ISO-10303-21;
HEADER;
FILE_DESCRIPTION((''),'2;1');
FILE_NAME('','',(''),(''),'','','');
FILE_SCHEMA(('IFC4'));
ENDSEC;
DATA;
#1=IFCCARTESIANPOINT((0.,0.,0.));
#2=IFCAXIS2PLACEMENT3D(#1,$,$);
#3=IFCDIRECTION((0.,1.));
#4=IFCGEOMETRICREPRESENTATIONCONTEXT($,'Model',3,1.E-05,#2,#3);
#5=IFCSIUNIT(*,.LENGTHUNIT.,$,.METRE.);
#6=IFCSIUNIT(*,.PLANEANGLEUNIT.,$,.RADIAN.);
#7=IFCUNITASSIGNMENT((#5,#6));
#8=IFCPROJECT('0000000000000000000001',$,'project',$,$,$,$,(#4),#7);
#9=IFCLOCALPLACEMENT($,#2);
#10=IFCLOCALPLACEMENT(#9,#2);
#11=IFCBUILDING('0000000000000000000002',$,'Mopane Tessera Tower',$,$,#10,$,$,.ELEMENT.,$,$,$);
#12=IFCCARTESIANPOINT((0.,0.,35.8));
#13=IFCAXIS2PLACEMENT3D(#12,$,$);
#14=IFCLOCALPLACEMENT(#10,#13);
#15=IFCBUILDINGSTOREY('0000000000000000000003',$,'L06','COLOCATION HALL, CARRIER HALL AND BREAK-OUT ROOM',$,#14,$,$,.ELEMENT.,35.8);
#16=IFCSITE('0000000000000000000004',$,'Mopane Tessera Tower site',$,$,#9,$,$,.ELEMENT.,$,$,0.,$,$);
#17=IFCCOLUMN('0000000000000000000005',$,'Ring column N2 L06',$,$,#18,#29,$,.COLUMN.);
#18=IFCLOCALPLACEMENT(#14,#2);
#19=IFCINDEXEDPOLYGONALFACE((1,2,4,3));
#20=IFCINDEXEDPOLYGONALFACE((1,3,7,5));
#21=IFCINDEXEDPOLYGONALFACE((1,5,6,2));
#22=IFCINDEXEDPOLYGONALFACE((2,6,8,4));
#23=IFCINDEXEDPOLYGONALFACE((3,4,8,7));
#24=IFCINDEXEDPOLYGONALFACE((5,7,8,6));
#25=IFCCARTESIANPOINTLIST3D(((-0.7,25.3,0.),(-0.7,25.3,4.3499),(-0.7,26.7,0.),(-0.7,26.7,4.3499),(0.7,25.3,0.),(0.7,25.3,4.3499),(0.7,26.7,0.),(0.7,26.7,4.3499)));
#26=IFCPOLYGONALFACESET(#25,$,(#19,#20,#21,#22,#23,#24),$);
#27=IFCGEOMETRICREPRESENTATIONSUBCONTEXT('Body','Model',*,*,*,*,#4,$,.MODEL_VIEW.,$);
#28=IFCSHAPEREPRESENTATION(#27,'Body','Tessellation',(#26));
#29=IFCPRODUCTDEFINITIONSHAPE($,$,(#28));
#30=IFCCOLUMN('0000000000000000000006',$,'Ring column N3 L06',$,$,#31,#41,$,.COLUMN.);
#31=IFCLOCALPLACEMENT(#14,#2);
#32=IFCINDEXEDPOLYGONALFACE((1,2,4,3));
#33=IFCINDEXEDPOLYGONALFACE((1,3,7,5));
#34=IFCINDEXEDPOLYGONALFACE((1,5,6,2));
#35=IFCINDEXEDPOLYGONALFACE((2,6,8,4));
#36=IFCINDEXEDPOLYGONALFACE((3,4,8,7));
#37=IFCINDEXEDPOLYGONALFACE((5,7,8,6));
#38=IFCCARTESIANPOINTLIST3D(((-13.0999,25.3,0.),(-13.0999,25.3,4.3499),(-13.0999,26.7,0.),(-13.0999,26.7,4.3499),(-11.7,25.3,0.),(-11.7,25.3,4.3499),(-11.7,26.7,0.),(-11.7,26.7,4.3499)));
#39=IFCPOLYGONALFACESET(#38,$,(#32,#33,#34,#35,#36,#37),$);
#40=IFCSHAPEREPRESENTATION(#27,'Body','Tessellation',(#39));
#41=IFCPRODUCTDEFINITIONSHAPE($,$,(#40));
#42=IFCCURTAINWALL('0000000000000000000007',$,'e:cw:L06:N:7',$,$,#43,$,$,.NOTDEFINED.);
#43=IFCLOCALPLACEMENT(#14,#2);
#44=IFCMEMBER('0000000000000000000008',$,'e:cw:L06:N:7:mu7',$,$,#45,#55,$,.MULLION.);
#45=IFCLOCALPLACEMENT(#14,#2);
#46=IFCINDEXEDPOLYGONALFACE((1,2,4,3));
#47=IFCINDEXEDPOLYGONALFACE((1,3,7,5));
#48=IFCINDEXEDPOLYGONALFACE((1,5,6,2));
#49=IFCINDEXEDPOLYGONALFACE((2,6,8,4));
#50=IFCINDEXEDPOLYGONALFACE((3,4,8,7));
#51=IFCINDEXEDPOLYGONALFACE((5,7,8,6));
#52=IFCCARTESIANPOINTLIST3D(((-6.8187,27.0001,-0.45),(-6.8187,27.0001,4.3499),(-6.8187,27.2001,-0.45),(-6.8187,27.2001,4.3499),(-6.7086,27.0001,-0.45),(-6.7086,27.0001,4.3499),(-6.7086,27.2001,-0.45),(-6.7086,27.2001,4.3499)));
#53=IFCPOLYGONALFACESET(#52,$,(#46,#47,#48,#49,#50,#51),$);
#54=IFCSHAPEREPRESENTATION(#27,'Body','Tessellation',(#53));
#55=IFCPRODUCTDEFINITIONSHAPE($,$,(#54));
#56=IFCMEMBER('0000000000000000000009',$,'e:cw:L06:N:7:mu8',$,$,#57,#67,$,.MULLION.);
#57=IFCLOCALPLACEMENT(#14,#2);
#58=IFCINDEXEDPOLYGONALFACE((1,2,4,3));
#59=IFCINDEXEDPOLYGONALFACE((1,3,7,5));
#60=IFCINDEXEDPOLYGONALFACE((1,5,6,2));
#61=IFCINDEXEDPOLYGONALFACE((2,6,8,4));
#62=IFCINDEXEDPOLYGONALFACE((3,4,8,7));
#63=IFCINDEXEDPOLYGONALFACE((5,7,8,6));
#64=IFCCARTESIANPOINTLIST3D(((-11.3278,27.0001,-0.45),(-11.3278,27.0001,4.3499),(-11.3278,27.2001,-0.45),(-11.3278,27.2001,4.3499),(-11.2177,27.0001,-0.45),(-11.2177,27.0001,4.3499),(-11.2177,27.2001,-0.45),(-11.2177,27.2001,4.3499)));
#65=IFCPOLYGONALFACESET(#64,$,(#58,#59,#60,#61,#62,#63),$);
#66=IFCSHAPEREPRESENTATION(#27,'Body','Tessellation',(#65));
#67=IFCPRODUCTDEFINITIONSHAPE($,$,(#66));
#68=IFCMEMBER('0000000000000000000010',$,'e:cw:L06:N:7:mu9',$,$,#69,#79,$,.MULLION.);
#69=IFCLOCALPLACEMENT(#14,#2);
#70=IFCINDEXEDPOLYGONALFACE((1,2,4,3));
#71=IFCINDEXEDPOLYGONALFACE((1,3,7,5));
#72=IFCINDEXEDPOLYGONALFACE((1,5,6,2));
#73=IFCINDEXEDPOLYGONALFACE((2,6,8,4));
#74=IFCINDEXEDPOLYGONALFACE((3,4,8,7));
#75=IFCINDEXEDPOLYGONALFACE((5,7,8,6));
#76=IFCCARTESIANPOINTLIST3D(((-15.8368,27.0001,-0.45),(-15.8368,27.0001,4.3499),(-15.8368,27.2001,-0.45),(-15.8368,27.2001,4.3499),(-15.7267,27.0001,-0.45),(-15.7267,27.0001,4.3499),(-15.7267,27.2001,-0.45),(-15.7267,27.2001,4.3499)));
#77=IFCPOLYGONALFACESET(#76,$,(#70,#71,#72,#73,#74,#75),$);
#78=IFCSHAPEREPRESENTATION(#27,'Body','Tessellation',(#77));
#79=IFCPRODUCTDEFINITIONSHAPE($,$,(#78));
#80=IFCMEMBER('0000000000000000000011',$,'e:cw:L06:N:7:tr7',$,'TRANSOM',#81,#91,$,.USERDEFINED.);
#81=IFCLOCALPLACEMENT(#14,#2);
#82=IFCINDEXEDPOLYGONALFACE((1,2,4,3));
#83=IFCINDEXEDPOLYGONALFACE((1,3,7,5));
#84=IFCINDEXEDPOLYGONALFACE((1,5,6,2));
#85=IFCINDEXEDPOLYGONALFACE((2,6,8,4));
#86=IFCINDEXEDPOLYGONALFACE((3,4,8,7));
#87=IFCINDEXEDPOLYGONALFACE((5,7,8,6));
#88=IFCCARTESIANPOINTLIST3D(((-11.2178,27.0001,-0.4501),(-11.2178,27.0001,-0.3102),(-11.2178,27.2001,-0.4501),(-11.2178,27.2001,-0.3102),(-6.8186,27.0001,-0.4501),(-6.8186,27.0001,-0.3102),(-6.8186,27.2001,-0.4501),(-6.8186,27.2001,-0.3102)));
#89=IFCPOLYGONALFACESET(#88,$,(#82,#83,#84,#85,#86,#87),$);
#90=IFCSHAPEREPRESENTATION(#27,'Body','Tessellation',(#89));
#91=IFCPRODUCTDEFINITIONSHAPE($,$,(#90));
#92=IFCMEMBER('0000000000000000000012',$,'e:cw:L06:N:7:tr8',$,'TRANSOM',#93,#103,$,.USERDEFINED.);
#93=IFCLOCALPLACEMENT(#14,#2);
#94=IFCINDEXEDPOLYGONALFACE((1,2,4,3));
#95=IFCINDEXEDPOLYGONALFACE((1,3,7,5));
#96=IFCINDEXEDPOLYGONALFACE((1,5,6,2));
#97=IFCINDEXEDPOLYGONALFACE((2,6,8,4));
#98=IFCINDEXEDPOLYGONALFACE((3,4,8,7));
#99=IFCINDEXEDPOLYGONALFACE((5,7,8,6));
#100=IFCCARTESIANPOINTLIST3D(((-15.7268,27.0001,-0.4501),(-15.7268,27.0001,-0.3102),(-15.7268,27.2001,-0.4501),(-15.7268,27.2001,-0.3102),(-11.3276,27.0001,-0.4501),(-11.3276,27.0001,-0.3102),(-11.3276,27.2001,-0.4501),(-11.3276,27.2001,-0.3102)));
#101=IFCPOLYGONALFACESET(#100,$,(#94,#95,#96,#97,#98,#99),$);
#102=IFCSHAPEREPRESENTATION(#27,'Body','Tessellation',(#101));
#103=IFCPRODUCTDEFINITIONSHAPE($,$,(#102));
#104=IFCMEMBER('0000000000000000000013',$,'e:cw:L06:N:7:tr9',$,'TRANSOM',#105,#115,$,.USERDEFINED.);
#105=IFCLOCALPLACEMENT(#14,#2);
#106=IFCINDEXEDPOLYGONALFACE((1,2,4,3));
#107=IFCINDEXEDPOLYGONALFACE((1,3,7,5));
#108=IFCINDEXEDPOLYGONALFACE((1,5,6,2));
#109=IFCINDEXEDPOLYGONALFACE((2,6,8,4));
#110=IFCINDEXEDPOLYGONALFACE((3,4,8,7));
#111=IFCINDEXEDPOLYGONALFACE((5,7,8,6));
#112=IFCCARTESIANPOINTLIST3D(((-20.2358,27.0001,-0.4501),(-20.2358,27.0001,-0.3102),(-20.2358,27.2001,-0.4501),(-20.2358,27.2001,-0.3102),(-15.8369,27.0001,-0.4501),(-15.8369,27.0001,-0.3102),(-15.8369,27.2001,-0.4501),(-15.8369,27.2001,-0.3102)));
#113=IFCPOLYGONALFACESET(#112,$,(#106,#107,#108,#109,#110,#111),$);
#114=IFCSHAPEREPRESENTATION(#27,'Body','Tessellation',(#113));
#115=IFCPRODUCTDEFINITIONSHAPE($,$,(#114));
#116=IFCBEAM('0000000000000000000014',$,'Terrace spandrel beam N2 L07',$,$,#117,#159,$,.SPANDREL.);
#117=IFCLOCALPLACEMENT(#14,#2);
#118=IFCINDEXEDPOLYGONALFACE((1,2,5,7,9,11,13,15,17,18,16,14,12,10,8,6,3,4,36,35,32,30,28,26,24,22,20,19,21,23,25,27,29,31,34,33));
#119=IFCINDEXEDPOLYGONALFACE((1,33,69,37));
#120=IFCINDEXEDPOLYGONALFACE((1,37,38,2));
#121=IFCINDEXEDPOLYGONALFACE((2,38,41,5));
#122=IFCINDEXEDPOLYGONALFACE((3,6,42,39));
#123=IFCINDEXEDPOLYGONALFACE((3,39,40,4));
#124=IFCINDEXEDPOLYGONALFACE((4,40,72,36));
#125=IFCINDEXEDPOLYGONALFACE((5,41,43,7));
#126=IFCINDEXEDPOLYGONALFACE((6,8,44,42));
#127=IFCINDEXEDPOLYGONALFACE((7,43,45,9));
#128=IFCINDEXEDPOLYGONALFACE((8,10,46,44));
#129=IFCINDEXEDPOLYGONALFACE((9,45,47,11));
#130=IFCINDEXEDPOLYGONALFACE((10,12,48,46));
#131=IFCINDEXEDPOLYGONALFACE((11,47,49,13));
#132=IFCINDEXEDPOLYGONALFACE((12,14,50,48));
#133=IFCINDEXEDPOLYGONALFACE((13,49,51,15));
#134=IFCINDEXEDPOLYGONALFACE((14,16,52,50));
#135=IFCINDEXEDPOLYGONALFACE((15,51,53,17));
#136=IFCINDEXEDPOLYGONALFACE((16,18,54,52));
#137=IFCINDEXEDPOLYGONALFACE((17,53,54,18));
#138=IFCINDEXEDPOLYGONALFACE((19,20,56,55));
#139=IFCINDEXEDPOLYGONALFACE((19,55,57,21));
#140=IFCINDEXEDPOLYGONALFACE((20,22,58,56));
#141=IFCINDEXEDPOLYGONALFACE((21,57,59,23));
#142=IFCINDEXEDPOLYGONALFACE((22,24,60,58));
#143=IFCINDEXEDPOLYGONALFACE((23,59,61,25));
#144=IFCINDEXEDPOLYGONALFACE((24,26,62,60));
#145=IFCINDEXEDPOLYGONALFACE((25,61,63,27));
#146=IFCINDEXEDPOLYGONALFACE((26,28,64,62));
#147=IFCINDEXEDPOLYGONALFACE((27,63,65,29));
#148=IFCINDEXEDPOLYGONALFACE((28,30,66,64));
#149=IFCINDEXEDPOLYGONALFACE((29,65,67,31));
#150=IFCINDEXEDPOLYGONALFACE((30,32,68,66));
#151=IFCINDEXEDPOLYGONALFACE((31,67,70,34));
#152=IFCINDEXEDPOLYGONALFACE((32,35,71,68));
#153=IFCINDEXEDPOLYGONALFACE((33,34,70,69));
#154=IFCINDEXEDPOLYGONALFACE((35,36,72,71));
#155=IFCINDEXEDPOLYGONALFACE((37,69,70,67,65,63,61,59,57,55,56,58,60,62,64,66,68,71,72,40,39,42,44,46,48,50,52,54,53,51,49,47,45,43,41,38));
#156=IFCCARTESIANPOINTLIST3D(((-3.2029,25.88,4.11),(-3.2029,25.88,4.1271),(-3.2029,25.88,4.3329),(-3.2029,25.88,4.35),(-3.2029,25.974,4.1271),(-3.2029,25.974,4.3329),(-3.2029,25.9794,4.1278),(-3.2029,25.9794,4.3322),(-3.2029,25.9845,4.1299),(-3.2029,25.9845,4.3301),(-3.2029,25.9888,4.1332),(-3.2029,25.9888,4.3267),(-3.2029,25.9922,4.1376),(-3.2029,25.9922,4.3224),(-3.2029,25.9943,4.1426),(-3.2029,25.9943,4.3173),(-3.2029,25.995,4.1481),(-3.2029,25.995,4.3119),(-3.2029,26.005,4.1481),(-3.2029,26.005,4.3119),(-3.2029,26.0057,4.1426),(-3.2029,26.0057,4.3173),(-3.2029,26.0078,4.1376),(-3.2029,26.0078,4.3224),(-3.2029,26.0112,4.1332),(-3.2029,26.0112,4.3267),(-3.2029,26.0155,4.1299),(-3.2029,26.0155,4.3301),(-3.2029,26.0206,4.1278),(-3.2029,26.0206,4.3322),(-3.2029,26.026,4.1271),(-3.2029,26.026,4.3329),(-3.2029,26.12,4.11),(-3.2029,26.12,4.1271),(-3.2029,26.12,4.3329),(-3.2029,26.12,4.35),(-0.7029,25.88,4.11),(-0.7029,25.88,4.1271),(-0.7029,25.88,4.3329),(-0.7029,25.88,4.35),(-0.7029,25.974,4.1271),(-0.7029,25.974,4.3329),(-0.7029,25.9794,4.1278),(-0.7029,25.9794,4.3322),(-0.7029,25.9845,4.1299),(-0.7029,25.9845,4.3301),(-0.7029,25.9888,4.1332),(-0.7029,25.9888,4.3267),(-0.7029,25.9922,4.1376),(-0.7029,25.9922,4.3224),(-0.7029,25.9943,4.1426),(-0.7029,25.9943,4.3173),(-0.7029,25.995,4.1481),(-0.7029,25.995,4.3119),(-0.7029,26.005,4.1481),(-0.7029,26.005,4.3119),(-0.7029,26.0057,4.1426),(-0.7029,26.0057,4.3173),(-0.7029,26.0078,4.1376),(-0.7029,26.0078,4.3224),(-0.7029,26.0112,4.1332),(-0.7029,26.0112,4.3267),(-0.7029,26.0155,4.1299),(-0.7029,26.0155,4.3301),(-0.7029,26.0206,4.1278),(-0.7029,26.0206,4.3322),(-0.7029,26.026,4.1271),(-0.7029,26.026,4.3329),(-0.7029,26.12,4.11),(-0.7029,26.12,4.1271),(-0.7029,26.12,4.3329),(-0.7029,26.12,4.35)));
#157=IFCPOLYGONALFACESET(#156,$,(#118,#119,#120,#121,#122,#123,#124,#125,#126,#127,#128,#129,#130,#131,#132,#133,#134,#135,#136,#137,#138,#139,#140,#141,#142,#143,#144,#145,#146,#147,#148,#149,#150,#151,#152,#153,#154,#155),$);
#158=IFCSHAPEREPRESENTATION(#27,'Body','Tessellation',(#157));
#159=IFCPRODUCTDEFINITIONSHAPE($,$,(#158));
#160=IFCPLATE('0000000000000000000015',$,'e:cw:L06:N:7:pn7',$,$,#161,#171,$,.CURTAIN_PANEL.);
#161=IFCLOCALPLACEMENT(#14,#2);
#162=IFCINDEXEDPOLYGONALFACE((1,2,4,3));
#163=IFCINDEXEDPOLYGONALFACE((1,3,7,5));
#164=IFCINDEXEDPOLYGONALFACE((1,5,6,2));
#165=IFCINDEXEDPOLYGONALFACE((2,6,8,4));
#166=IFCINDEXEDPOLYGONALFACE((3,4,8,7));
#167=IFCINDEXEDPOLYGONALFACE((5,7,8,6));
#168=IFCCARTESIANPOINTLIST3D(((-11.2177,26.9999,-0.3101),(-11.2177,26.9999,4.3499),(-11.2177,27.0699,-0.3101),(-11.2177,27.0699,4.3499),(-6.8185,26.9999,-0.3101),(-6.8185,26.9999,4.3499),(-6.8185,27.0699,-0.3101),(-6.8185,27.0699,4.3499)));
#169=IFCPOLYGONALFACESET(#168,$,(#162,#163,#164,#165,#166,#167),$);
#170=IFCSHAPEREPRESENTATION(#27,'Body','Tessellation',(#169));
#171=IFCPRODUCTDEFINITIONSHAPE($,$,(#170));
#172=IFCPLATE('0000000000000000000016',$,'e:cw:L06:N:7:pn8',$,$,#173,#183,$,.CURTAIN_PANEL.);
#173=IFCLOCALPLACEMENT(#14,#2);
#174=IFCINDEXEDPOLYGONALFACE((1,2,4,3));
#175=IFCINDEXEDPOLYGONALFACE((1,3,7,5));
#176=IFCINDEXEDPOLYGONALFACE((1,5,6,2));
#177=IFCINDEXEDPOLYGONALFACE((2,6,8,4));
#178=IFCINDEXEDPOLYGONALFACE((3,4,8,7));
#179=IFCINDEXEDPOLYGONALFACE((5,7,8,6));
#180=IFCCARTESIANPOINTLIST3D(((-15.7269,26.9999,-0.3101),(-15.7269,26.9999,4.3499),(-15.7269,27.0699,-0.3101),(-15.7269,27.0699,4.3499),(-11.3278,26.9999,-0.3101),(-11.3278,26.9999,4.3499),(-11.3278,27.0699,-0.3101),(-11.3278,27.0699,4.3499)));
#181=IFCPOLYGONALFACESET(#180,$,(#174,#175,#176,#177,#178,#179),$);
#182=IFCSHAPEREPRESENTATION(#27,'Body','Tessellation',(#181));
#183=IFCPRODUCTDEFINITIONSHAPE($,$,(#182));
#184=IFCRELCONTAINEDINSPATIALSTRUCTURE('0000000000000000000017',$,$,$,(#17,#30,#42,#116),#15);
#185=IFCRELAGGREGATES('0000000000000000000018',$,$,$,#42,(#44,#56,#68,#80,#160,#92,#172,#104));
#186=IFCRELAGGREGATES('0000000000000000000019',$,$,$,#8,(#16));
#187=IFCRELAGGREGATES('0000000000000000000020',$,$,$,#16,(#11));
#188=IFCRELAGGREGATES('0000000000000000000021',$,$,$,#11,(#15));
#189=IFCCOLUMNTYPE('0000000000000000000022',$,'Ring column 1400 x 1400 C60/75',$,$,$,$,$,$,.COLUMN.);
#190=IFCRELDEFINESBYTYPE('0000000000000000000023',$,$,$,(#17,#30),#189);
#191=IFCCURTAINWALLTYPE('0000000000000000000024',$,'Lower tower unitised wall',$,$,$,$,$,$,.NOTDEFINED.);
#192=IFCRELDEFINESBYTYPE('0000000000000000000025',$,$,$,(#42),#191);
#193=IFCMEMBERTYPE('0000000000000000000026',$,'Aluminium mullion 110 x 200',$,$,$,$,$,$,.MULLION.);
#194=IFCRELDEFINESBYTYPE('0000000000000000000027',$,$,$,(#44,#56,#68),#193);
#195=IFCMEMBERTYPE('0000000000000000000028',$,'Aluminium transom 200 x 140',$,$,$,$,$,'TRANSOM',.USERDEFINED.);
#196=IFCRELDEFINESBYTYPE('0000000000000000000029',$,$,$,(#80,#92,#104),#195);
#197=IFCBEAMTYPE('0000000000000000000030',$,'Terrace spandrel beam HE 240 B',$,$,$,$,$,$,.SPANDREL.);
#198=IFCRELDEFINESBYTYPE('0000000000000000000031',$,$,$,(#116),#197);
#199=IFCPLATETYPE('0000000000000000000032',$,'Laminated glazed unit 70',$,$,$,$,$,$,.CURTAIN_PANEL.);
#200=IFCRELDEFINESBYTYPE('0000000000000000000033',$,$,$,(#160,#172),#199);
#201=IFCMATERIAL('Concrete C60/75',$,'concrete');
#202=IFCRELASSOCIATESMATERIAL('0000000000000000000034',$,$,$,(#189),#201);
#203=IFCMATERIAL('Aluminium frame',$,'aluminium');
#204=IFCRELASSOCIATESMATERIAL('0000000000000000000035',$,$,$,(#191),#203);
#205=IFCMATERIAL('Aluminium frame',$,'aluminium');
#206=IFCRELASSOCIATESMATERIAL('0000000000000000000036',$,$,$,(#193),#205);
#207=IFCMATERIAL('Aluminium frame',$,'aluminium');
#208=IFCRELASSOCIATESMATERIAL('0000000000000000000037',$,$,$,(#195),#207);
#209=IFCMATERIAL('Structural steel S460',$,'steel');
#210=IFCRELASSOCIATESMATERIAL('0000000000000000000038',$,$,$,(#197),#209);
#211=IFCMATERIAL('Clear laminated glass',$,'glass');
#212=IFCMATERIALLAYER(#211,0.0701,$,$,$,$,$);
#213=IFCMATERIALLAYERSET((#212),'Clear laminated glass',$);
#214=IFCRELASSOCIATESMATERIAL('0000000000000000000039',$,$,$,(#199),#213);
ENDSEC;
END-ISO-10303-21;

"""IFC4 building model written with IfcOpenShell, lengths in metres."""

from ifc_helpers import new_model, si_unit, direction, frame, origin, origin_2d, place, context, subcontext, project, spatial, rectangle, i_section, extrude, material, layer, layer_set, material_profile, profile_set, type_object, element, aggregate, save


model = new_model("IFC4")

# Units and contexts
model_context = context("Model", 3, precision=1e-05, world=origin(), true_north=direction((0.0, 1.0)))
body_context = subcontext(model_context, "Body", "Model", "MODEL_VIEW")
ifc_project = project(units=[si_unit("LENGTHUNIT", "METRE"), si_unit("PLANEANGLEUNIT", "RADIAN")], contexts=[model_context])

# Site, building, storey
site_placement = place(None, origin())
site = spatial("IfcSite", under=ifc_project, at=site_placement, Name="Mopane Tessera Tower site", CompositionType="ELEMENT", RefElevation=0.0)
building_placement = place(site_placement, origin())
building = spatial("IfcBuilding", under=site, at=building_placement, Name="Mopane Tessera Tower", CompositionType="ELEMENT")
storey_placement = place(building_placement, frame((0.0, 0.0, 35.8)))
storey = spatial("IfcBuildingStorey", under=building, at=storey_placement, Name="L06", Description="COLOCATION HALL, CARRIER HALL AND BREAK-OUT ROOM", CompositionType="ELEMENT", Elevation=35.8)

# Columns
ifc_material_1 = material(Name="Concrete C60/75", Category="concrete")
ifc_material_profile_1 = material_profile(ifc_material_1, rectangle(XDim=1.3999, YDim=1.3999, at=origin_2d()))
ifc_profile_set_1 = profile_set([ifc_material_profile_1], Name="Concrete C60/75")
column_type = type_object("IfcColumnType", Name="Ring column 1400 x 1400 C60/75", PredefinedType="COLUMN", material=ifc_profile_set_1)
for number, where, z_axis, x_axis, name in (
    (1, (0.0, 26.0, 0.0), (0.0, 0.0, 1.0), (1.0, 0.0, 0.0), "Ring column N2 L06"),
    (2, (-12.3999, 26.0, 0.0), (0.0, 0.0, 1.0), (1.0, 0.0, 0.0), "Ring column N3 L06"),
):
    element("IfcColumn", number, at=place(storey_placement, frame(where, z_axis=z_axis, x_axis=x_axis)), inside=storey, type_object=column_type, Name=name, PredefinedType="COLUMN", context=body_context, shape_type="SweptSolid", body=[
        extrude(rectangle(XDim=1.3999, YDim=1.3999, at=origin_2d()), origin(), (0.0, 0.0, 1.0), 4.3499),
    ])

# Curtain wall, members
ifc_material_2 = material(Name="Aluminium frame", Category="aluminium")
curtain_wall_type = type_object("IfcCurtainWallType", Name="Lower tower unitised wall", PredefinedType="NOTDEFINED", material=ifc_material_2)
curtain_wall_placement = place(storey_placement, origin())
curtain_wall = element("IfcCurtainWall", 3, at=curtain_wall_placement, inside=storey, type_object=curtain_wall_type, Name="e:cw:L06:N:7", PredefinedType="NOTDEFINED")
ifc_material_3 = material(Name="Aluminium frame", Category="aluminium")
ifc_material_profile_2 = material_profile(ifc_material_3, rectangle(XDim=0.1101, YDim=0.2, at=origin_2d()))
ifc_profile_set_2 = profile_set([ifc_material_profile_2], Name="Aluminium frame")
member_type_1 = type_object("IfcMemberType", Name="Aluminium mullion 110 x 200", PredefinedType="MULLION", material=ifc_profile_set_2)
member_1_placement = place(storey_placement, frame((-6.7637, 27.1001, -0.45), z_axis=(0.0, 0.0, 1.0), x_axis=(-1.0, 0.0, 0.0)))
member_1 = element("IfcMember", 4, at=member_1_placement, type_object=member_type_1, Name="e:cw:L06:N:7:mu7", PredefinedType="MULLION", context=body_context, shape_type="SweptSolid", body=[
    extrude(rectangle(XDim=0.1101, YDim=0.2, at=origin_2d()), origin(), (0.0, 0.0, 1.0), 4.7998),
])
member_2_placement = place(storey_placement, frame((-11.2727, 27.1001, -0.45), z_axis=(0.0, 0.0, 1.0), x_axis=(-1.0, 0.0, 0.0)))
member_2 = element("IfcMember", 5, at=member_2_placement, type_object=member_type_1, Name="e:cw:L06:N:7:mu8", PredefinedType="MULLION", context=body_context, shape_type="SweptSolid", body=[
    extrude(rectangle(XDim=0.1101, YDim=0.2, at=origin_2d()), origin(), (0.0, 0.0, 1.0), 4.7998),
])
member_3_placement = place(storey_placement, frame((-15.7817, 27.1001, -0.45), z_axis=(0.0, 0.0, 1.0), x_axis=(-1.0, 0.0, 0.0)))
member_3 = element("IfcMember", 6, at=member_3_placement, type_object=member_type_1, Name="e:cw:L06:N:7:mu9", PredefinedType="MULLION", context=body_context, shape_type="SweptSolid", body=[
    extrude(rectangle(XDim=0.1101, YDim=0.2, at=origin_2d()), origin(), (0.0, 0.0, 1.0), 4.7998),
])
ifc_material_4 = material(Name="Aluminium frame", Category="aluminium")
ifc_material_profile_3 = material_profile(ifc_material_4, rectangle(XDim=0.2, YDim=0.1399, at=origin_2d()))
ifc_profile_set_3 = profile_set([ifc_material_profile_3], Name="Aluminium frame")
member_type_2 = type_object("IfcMemberType", Name="Aluminium transom 200 x 140", ElementType="TRANSOM", PredefinedType="USERDEFINED", material=ifc_profile_set_3)
member_4_placement = place(storey_placement, frame((-6.8186, 27.1001, -0.3801), z_axis=(-1.0, 0.0, 0.0), x_axis=(0.0, -1.0, 0.0)))
member_4 = element("IfcMember", 7, at=member_4_placement, type_object=member_type_2, Name="e:cw:L06:N:7:tr7", ObjectType="TRANSOM", PredefinedType="USERDEFINED", context=body_context, shape_type="SweptSolid", body=[
    extrude(rectangle(XDim=0.2, YDim=0.1399, at=origin_2d()), origin(), (0.0, 0.0, 1.0), 4.3992),
])
member_5_placement = place(storey_placement, frame((-11.3276, 27.1001, -0.3801), z_axis=(-1.0, 0.0, 0.0), x_axis=(0.0, -1.0, 0.0)))
member_5 = element("IfcMember", 8, at=member_5_placement, type_object=member_type_2, Name="e:cw:L06:N:7:tr8", ObjectType="TRANSOM", PredefinedType="USERDEFINED", context=body_context, shape_type="SweptSolid", body=[
    extrude(rectangle(XDim=0.2, YDim=0.1399, at=origin_2d()), origin(), (0.0, 0.0, 1.0), 4.3992),
])
member_6_placement = place(storey_placement, frame((-15.8369, 27.1001, -0.3801), z_axis=(-1.0, 0.0, 0.0), x_axis=(0.0, -1.0, 0.0)))
member_6 = element("IfcMember", 9, at=member_6_placement, type_object=member_type_2, Name="e:cw:L06:N:7:tr9", ObjectType="TRANSOM", PredefinedType="USERDEFINED", context=body_context, shape_type="SweptSolid", body=[
    extrude(rectangle(XDim=0.2, YDim=0.1399, at=origin_2d()), origin(), (0.0, 0.0, 1.0), 4.3989),
])

# Beam
ifc_material_5 = material(Name="Structural steel S460", Category="steel")
ifc_material_profile_4 = material_profile(ifc_material_5, i_section(OverallWidth=0.24, OverallDepth=0.24, WebThickness=0.01, FlangeThickness=0.0171, FilletRadius=0.021, at=origin_2d()))
ifc_profile_set_4 = profile_set([ifc_material_profile_4], Name="Structural steel S460")
beam_type = type_object("IfcBeamType", Name="Terrace spandrel beam HE 240 B", PredefinedType="SPANDREL", material=ifc_profile_set_4)
beam_placement = place(storey_placement, frame((-0.7029, 26.0, 4.23), z_axis=(-1.0, 0.0, 0.0), x_axis=(0.0, -1.0, 0.0)))
element("IfcBeam", 10, at=beam_placement, inside=storey, type_object=beam_type, Name="Terrace spandrel beam N2 L07", PredefinedType="SPANDREL", context=body_context, shape_type="SweptSolid", body=[
    extrude(i_section(OverallWidth=0.24, OverallDepth=0.24, WebThickness=0.01, FlangeThickness=0.0171, FilletRadius=0.021, at=origin_2d()), origin(), (0.0, 0.0, 1.0), 2.5),
])

# Plates
ifc_material_6 = material(Name="Clear laminated glass", Category="glass")
ifc_layer_1 = layer(ifc_material_6, 0.0701)
ifc_layer_set_1 = layer_set([ifc_layer_1], Name="Clear laminated glass")
plate_type = type_object("IfcPlateType", Name="Laminated glazed unit 70", PredefinedType="CURTAIN_PANEL", material=ifc_layer_set_1)
plate_1_placement = place(storey_placement, frame((-9.0181, 27.0349, -0.3101), z_axis=(0.0, 0.0, 1.0), x_axis=(-1.0, 0.0, 0.0)))
plate_1 = element("IfcPlate", 11, at=plate_1_placement, type_object=plate_type, Name="e:cw:L06:N:7:pn7", PredefinedType="CURTAIN_PANEL", context=body_context, shape_type="SweptSolid", body=[
    extrude(rectangle(XDim=4.3992, YDim=0.0701, at=origin_2d()), origin(), (0.0, 0.0, 1.0), 4.6599),
])
plate_2_placement = place(storey_placement, frame((-13.5273, 27.0349, -0.3101), z_axis=(0.0, 0.0, 1.0), x_axis=(-1.0, 0.0, 0.0)))
plate_2 = element("IfcPlate", 12, at=plate_2_placement, type_object=plate_type, Name="e:cw:L06:N:7:pn8", PredefinedType="CURTAIN_PANEL", context=body_context, shape_type="SweptSolid", body=[
    extrude(rectangle(XDim=4.3992, YDim=0.0701, at=origin_2d()), origin(), (0.0, 0.0, 1.0), 4.6599),
])
aggregate(curtain_wall, [member_1, member_2, member_3, member_4, plate_1, member_5, plate_2, member_6])

save(model, "model.ifc")
